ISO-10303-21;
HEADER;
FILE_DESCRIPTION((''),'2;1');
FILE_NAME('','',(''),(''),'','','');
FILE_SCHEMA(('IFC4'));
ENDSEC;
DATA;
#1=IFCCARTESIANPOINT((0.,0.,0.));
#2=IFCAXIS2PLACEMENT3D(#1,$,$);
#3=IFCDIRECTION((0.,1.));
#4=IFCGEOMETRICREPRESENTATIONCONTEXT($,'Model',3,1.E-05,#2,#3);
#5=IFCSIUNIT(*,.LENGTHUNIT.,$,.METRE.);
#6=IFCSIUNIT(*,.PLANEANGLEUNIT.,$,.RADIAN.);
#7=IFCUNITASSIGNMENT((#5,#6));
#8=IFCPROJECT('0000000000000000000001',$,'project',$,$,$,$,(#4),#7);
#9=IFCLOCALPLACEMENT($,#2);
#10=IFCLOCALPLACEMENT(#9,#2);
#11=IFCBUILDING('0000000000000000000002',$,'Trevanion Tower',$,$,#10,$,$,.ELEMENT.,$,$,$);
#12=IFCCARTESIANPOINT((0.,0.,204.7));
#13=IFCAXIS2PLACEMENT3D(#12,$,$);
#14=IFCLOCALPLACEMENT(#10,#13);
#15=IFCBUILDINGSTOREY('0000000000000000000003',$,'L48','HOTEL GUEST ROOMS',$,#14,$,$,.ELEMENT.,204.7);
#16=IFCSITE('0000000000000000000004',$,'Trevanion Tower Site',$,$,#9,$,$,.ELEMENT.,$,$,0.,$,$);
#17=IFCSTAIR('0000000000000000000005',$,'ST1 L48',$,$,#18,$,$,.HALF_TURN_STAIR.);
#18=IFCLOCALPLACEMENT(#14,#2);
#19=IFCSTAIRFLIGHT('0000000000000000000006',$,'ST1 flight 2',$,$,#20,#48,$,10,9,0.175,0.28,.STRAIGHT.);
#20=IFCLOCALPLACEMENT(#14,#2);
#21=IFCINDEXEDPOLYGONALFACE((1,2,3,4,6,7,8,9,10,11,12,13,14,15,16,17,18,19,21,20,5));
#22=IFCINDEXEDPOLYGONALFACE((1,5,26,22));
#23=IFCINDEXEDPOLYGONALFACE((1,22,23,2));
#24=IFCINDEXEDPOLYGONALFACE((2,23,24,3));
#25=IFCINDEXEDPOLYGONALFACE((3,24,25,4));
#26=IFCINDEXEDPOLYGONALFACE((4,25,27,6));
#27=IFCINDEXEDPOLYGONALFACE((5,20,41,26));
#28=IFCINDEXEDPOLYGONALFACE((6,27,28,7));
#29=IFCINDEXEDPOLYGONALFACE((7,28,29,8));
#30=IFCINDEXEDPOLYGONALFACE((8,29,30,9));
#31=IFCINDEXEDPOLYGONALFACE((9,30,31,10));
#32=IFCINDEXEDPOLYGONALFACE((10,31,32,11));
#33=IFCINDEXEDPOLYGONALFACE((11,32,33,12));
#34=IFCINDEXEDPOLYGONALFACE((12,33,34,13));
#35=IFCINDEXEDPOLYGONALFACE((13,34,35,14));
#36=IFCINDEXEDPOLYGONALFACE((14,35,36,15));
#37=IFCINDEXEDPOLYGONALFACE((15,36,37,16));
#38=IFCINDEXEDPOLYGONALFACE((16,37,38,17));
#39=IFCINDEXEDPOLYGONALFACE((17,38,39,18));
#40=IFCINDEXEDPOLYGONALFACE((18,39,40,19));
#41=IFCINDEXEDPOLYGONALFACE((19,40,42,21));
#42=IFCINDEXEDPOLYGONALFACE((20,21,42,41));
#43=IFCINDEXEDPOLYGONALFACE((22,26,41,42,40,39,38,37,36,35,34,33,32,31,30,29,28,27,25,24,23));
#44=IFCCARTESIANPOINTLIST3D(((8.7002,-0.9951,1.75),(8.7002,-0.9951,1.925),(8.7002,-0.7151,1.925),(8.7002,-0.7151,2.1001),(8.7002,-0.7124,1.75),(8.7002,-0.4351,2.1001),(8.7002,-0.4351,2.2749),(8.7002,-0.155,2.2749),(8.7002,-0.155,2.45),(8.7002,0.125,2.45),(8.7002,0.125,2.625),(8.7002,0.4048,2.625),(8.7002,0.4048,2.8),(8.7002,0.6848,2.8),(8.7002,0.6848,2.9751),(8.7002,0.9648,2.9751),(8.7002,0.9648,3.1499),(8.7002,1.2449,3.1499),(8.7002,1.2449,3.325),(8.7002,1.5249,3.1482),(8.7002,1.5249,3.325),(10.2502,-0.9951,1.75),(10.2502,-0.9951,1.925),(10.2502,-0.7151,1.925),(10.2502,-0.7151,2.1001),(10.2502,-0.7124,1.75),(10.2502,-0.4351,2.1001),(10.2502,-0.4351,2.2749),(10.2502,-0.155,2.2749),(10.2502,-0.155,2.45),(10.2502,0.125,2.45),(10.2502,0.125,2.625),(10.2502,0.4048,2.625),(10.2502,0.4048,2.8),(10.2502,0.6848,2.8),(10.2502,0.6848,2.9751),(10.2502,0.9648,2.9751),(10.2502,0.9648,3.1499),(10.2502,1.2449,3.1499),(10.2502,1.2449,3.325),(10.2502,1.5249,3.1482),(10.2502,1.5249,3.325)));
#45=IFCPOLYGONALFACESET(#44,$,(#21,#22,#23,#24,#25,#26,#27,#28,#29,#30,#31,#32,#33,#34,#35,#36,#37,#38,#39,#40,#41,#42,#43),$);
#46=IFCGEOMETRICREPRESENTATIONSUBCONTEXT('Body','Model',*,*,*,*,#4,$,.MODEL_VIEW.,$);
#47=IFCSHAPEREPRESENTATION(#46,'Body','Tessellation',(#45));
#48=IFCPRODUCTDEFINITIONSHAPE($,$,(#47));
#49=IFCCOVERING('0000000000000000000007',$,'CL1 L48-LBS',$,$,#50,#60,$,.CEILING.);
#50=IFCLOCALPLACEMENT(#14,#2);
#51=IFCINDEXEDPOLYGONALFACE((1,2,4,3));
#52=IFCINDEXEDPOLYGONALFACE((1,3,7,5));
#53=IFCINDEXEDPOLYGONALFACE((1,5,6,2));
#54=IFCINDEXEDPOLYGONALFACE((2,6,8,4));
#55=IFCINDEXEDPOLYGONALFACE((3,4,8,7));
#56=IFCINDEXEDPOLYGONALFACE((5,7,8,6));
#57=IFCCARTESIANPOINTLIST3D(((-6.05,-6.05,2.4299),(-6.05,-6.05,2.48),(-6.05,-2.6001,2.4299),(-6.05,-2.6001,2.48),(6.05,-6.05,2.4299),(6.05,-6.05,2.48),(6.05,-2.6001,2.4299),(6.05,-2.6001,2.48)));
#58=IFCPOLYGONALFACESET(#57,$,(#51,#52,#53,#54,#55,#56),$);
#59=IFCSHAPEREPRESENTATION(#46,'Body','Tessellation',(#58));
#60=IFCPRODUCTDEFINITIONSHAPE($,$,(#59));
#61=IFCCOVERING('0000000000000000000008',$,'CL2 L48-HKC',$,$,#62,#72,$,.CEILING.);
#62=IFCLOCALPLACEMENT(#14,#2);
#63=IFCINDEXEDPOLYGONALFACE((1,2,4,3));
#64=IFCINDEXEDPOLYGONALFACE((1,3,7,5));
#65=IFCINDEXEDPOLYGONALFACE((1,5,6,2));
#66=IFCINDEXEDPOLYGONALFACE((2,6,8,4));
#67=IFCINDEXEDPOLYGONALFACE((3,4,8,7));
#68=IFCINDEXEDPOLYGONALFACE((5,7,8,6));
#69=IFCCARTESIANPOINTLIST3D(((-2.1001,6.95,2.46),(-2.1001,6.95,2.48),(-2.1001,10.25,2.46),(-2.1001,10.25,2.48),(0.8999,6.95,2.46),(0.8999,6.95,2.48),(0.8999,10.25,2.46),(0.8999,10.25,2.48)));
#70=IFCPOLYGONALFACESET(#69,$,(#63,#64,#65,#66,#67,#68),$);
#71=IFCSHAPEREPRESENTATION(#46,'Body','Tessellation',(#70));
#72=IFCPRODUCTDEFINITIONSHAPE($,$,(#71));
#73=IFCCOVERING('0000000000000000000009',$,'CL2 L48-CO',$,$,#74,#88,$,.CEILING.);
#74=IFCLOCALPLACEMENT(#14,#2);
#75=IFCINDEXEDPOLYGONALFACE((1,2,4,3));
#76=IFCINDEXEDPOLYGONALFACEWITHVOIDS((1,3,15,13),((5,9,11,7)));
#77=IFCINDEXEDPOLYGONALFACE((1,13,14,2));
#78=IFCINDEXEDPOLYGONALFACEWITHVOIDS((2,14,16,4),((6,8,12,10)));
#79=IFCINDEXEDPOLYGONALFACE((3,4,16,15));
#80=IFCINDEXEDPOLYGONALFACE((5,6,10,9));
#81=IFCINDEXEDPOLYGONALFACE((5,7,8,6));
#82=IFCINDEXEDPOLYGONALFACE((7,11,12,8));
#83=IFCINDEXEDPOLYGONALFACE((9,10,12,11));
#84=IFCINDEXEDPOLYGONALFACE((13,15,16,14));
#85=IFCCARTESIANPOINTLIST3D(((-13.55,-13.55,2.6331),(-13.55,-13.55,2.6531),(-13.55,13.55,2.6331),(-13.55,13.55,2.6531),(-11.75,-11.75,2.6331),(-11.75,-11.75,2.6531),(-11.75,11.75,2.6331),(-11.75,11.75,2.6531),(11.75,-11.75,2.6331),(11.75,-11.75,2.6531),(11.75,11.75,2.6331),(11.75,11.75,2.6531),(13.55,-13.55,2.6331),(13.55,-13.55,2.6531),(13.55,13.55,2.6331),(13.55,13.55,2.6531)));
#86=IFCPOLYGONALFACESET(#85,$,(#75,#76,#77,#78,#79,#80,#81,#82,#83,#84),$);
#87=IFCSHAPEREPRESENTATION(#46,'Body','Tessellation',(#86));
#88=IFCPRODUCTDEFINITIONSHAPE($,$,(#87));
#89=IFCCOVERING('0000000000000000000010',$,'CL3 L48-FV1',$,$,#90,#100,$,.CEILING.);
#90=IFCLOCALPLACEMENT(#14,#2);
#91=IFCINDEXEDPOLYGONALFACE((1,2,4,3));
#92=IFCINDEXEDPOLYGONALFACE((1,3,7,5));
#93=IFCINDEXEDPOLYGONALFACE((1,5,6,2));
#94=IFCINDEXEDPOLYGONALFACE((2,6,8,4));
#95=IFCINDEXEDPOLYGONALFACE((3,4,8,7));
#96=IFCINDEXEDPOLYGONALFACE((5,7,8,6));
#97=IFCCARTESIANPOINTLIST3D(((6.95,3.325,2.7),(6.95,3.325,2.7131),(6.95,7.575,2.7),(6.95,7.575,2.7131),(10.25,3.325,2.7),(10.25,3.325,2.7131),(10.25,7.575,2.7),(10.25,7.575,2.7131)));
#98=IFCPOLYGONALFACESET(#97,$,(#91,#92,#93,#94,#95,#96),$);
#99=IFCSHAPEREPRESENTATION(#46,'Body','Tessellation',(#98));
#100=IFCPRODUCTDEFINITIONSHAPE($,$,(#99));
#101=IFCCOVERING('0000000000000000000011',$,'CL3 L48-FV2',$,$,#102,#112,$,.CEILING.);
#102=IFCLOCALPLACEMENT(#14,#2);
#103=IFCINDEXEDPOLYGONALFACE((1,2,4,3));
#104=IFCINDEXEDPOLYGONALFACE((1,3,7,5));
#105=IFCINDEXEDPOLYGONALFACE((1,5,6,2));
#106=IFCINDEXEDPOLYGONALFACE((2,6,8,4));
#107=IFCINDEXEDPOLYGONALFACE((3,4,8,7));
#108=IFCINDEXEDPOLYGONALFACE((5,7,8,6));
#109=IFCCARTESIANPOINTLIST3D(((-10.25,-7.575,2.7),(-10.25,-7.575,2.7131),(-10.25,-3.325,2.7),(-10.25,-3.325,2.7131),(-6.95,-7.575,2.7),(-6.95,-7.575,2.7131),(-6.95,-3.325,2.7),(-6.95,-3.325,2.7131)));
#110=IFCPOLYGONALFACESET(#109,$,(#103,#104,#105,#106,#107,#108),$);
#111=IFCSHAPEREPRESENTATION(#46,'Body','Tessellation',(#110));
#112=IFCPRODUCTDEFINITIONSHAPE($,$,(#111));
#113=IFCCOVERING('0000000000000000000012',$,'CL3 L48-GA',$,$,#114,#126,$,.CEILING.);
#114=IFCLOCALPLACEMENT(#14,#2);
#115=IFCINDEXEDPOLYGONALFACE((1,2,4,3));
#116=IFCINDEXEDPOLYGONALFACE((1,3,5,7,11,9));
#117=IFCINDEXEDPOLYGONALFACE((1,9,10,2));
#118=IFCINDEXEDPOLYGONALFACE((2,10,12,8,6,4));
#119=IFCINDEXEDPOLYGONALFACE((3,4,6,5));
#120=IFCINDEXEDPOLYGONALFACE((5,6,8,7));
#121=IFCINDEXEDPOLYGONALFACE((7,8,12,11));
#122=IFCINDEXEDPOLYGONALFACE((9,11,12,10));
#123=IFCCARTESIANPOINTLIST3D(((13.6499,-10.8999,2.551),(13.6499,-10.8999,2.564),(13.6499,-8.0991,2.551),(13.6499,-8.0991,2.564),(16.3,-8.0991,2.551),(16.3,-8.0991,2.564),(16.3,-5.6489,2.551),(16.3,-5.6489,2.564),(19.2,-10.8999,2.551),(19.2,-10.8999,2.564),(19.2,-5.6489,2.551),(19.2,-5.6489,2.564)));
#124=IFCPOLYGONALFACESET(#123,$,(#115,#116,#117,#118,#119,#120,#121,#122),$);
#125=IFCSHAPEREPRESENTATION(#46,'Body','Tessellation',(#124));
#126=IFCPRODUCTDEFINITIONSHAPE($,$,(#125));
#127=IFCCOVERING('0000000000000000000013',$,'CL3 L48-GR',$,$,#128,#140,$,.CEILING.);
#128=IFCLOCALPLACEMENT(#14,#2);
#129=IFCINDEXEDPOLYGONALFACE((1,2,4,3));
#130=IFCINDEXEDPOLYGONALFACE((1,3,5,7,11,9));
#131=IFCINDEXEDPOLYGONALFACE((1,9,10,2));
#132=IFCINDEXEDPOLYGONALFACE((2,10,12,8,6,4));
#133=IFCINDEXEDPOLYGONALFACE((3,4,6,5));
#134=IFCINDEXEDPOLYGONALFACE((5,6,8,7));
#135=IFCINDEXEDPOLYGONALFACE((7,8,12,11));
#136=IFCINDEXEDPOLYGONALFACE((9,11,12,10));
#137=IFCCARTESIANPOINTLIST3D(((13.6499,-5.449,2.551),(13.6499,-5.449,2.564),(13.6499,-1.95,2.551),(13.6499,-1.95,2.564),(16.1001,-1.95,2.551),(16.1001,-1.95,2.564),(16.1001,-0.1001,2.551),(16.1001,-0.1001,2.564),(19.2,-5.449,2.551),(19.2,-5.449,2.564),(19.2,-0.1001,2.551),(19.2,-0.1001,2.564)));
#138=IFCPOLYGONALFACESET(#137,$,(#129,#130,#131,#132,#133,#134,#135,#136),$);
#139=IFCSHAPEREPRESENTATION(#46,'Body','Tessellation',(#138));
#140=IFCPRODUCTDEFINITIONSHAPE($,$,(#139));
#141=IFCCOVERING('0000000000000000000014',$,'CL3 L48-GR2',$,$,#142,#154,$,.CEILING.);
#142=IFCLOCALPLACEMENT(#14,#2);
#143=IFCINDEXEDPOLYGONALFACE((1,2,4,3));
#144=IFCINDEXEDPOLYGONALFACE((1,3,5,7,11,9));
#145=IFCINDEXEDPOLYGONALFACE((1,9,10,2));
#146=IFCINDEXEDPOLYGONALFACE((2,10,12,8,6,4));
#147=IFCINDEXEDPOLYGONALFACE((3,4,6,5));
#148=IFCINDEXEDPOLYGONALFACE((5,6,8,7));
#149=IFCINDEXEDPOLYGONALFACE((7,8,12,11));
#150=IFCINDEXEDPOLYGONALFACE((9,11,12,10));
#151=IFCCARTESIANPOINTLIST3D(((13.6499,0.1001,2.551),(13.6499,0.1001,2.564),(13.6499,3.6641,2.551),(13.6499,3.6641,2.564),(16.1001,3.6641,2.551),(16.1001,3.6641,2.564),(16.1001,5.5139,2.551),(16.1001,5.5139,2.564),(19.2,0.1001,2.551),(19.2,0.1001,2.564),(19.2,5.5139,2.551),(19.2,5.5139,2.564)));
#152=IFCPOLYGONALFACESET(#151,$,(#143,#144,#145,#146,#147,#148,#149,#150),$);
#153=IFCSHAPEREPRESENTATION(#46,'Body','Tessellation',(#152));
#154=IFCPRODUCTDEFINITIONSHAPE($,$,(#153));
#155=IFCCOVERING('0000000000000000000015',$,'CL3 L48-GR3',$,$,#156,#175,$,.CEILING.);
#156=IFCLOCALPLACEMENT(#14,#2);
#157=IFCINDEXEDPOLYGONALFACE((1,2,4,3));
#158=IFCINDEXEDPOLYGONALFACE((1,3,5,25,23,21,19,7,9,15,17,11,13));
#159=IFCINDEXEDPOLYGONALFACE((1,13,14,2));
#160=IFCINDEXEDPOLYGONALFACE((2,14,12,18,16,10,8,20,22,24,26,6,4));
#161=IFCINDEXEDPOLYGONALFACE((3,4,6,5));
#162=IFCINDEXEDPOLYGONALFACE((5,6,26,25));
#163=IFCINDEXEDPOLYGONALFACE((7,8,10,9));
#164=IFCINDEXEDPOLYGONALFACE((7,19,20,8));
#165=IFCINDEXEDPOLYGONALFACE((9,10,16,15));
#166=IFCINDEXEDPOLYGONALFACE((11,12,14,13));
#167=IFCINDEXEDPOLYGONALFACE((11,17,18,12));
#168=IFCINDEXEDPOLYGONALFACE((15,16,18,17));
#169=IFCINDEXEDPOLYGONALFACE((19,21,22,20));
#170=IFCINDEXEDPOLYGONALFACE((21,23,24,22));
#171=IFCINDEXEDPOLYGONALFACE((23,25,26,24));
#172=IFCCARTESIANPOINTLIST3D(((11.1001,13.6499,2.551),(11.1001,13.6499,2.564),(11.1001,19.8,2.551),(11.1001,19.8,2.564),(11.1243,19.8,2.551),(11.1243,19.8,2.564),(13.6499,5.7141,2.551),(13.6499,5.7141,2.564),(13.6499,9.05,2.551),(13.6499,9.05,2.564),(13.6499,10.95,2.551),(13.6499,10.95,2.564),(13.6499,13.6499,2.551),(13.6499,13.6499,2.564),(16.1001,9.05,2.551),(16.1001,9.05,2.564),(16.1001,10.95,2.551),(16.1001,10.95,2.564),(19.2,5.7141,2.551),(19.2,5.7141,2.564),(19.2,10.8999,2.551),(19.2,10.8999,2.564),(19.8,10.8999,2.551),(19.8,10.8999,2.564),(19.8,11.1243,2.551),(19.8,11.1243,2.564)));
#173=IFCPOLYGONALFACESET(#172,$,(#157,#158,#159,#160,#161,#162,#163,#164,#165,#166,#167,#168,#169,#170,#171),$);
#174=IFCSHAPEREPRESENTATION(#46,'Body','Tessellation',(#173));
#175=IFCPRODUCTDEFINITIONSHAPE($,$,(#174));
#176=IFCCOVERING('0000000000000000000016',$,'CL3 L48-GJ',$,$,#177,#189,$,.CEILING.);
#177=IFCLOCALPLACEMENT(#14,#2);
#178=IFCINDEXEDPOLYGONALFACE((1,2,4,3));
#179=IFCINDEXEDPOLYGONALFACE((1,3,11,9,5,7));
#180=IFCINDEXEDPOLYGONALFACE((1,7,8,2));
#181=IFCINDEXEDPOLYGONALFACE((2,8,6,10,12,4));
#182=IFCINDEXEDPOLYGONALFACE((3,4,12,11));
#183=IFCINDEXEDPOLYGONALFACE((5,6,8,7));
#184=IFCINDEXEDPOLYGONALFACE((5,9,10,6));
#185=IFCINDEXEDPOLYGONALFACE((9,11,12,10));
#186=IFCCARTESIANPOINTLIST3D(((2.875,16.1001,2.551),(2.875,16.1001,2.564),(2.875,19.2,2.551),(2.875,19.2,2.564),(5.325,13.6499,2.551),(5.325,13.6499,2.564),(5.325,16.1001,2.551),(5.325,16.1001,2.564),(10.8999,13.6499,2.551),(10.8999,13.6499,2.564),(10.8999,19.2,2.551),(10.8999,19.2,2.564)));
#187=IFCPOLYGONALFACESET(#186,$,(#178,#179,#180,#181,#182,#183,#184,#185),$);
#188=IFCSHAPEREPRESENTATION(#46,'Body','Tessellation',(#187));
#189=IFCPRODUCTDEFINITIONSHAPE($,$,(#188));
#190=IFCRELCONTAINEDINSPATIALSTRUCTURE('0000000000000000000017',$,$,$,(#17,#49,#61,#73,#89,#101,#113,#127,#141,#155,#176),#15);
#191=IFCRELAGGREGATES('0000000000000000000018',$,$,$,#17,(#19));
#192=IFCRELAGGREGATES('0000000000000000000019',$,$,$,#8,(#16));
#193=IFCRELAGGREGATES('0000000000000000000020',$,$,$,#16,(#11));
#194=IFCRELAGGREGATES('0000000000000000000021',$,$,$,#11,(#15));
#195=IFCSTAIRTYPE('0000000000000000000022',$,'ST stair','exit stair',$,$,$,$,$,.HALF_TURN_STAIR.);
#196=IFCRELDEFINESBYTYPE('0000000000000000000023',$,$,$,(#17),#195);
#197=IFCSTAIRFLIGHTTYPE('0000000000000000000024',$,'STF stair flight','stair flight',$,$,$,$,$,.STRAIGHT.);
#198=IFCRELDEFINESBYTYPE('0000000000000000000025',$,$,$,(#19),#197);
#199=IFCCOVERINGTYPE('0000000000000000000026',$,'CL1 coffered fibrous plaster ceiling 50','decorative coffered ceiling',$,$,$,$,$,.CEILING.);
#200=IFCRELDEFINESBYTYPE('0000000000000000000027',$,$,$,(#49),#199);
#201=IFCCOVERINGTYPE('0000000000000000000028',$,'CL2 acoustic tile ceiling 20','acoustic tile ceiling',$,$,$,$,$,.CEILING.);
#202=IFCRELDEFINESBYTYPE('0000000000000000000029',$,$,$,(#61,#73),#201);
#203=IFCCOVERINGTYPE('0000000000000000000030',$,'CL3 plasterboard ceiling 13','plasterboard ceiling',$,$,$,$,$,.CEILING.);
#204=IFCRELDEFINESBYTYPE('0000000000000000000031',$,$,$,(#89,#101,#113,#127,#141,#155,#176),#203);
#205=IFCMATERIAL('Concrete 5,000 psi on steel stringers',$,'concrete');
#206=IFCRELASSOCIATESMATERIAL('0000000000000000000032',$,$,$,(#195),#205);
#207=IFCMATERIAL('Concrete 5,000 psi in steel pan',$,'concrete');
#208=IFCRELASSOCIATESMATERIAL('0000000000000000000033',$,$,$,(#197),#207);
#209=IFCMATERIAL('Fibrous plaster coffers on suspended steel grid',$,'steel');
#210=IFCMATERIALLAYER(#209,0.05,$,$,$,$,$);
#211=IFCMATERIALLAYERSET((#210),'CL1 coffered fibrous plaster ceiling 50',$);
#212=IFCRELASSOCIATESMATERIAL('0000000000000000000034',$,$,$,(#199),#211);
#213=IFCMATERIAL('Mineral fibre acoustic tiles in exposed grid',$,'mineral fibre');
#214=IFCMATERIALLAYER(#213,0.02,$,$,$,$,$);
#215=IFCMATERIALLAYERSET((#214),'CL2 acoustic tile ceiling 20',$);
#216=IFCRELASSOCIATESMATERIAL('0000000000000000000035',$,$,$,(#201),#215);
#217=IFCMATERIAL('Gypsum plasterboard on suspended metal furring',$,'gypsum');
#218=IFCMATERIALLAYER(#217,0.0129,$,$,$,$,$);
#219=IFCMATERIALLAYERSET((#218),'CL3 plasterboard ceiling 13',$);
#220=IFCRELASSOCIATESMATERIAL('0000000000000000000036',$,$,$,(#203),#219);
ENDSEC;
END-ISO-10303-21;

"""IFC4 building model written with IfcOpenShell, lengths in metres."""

from ifc_helpers import new_model, si_unit, direction, frame, origin, place, context, subcontext, project, spatial, polyline, outline, extrude, material, layer, layer_set, type_object, element, aggregate, save


model = new_model("IFC4")

# Units and contexts
model_context = context("Model", 3, precision=1e-05, world=origin(), true_north=direction((0.0, 1.0)))
body_context = subcontext(model_context, "Body", "Model", "MODEL_VIEW")
ifc_project = project(units=[si_unit("LENGTHUNIT", "METRE"), si_unit("PLANEANGLEUNIT", "RADIAN")], contexts=[model_context])

# Site, building, storey
site_placement = place(None, origin())
site = spatial("IfcSite", under=ifc_project, at=site_placement, Name="Trevanion Tower Site", CompositionType="ELEMENT", RefElevation=0.0)
building_placement = place(site_placement, origin())
building = spatial("IfcBuilding", under=site, at=building_placement, Name="Trevanion Tower", CompositionType="ELEMENT")
storey_placement = place(building_placement, frame((0.0, 0.0, 204.7)))
storey = spatial("IfcBuildingStorey", under=building, at=storey_placement, Name="L48", Description="HOTEL GUEST ROOMS", CompositionType="ELEMENT", Elevation=204.7)

# Stair, stair flight
ifc_material_1 = material(Name="Concrete 5,000 psi on steel stringers", Category="concrete")
stair_type = type_object("IfcStairType", Name="ST stair", Description="exit stair", PredefinedType="HALF_TURN_STAIR", material=ifc_material_1)
stair_placement = place(storey_placement, origin())
stair = element("IfcStair", 1, at=stair_placement, inside=storey, type_object=stair_type, Name="ST1 L48", PredefinedType="HALF_TURN_STAIR")
ifc_material_2 = material(Name="Concrete 5,000 psi in steel pan", Category="concrete")
stair_flight_type = type_object("IfcStairFlightType", Name="STF stair flight", Description="stair flight", PredefinedType="STRAIGHT", material=ifc_material_2)
stair_flight_placement = place(storey_placement, frame((9.4751, -0.9951, 1.75), z_axis=(0.0, 0.0, 1.0), x_axis=(0.0, 1.0, 0.0)))
stair_flight = element("IfcStairFlight", 2, at=stair_flight_placement, type_object=stair_flight_type, Name="ST1 flight 2", NumberOfRisers=10, NumberOfTreads=9, PredefinedType="STRAIGHT", RiserHeight=0.175, TreadLength=0.28, context=body_context, shape_type="SweptSolid", body=[
    extrude(outline(polyline([(0.0, 0.0), (0.0, 0.175), (0.28, 0.175), (0.28, 0.3501), (0.5601, 0.3501), (0.5601, 0.5249), (0.8401, 0.5249), (0.8401, 0.7), (1.1201, 0.7), (1.1201, 0.875), (1.3999, 0.875), (1.3999, 1.05), (1.6799, 1.05), (1.6799, 1.2251), (1.96, 1.2251), (1.96, 1.3999), (2.24, 1.3999), (2.24, 1.575), (2.52, 1.575), (2.52, 1.75), (2.52, 1.3982), (0.2827, 0.0), (0.0, 0.0)])), frame((0.0, 0.7749, 0.0), z_axis=(0.0, -1.0, 0.0), x_axis=(1.0, 0.0, 0.0)), (0.0, 0.0, 1.0), 1.55),
])
aggregate(stair, [stair_flight])

# Coverings
ifc_material_3 = material(Name="Fibrous plaster coffers on suspended steel grid", Category="steel")
ifc_layer_1 = layer(ifc_material_3, 0.05)
ifc_layer_set_1 = layer_set([ifc_layer_1], Name="CL1 coffered fibrous plaster ceiling 50")
covering_type_1 = type_object("IfcCoveringType", Name="CL1 coffered fibrous plaster ceiling 50", Description="decorative coffered ceiling", PredefinedType="CEILING", material=ifc_layer_set_1)
covering_1_placement = place(storey_placement, frame((0.0, 0.0, 2.4299)))
element("IfcCovering", 3, at=covering_1_placement, inside=storey, type_object=covering_type_1, Name="CL1 L48-LBS", PredefinedType="CEILING", context=body_context, shape_type="SweptSolid", body=[
    extrude(outline(polyline([(6.05, -6.05), (6.05, -2.6001), (-6.05, -2.6001), (-6.05, -6.05), (6.05, -6.05)])), origin(), (0.0, 0.0, 1.0), 0.05),
])
ifc_material_4 = material(Name="Mineral fibre acoustic tiles in exposed grid", Category="mineral fibre")
ifc_layer_2 = layer(ifc_material_4, 0.02)
ifc_layer_set_2 = layer_set([ifc_layer_2], Name="CL2 acoustic tile ceiling 20")
covering_type_2 = type_object("IfcCoveringType", Name="CL2 acoustic tile ceiling 20", Description="acoustic tile ceiling", PredefinedType="CEILING", material=ifc_layer_set_2)
covering_2_placement = place(storey_placement, frame((0.0, 0.0, 2.46)))
element("IfcCovering", 4, at=covering_2_placement, inside=storey, type_object=covering_type_2, Name="CL2 L48-HKC", PredefinedType="CEILING", context=body_context, shape_type="SweptSolid", body=[
    extrude(outline(polyline([(0.8999, 6.95), (0.8999, 10.25), (-2.1001, 10.25), (-2.1001, 6.95), (0.8999, 6.95)])), origin(), (0.0, 0.0, 1.0), 0.02),
])
covering_3_placement = place(storey_placement, frame((0.0, 0.0, 2.6331)))
element("IfcCovering", 5, at=covering_3_placement, inside=storey, type_object=covering_type_2, Name="CL2 L48-CO", PredefinedType="CEILING", context=body_context, shape_type="SweptSolid", body=[
    extrude(outline(polyline([(-13.55, -13.55), (-13.55, 13.55), (13.55, 13.55), (13.55, -13.55), (-13.55, -13.55)]), holes=[polyline([(11.75, 11.75), (-11.75, 11.75), (-11.75, -11.75), (11.75, -11.75), (11.75, 11.75)])]), origin(), (0.0, 0.0, 1.0), 0.02),
])
ifc_material_5 = material(Name="Gypsum plasterboard on suspended metal furring", Category="gypsum")
ifc_layer_3 = layer(ifc_material_5, 0.0129)
ifc_layer_set_3 = layer_set([ifc_layer_3], Name="CL3 plasterboard ceiling 13")
covering_type_3 = type_object("IfcCoveringType", Name="CL3 plasterboard ceiling 13", Description="plasterboard ceiling", PredefinedType="CEILING", material=ifc_layer_set_3)
covering_4_placement = place(storey_placement, frame((0.0, 0.0, 2.7)))
element("IfcCovering", 6, at=covering_4_placement, inside=storey, type_object=covering_type_3, Name="CL3 L48-FV1", PredefinedType="CEILING", context=body_context, shape_type="SweptSolid", body=[
    extrude(outline(polyline([(10.25, 3.325), (10.25, 7.575), (6.95, 7.575), (6.95, 3.325), (10.25, 3.325)])), origin(), (0.0, 0.0, 1.0), 0.0132),
])
covering_5_placement = place(storey_placement, frame((0.0, 0.0, 2.7)))
element("IfcCovering", 7, at=covering_5_placement, inside=storey, type_object=covering_type_3, Name="CL3 L48-FV2", PredefinedType="CEILING", context=body_context, shape_type="SweptSolid", body=[
    extrude(outline(polyline([(-10.25, -3.325), (-10.25, -7.575), (-6.95, -7.575), (-6.95, -3.325), (-10.25, -3.325)])), origin(), (0.0, 0.0, 1.0), 0.0132),
])
covering_6_placement = place(storey_placement, frame((0.0, 0.0, 2.551)))
element("IfcCovering", 8, at=covering_6_placement, inside=storey, type_object=covering_type_3, Name="CL3 L48-GA", PredefinedType="CEILING", context=body_context, shape_type="SweptSolid", body=[
    extrude(outline(polyline([(13.6499, -8.0991), (16.3, -8.0991), (16.3, -5.6489), (19.2, -5.6489), (19.2, -10.8999), (13.6499, -10.8999), (13.6499, -8.0991)])), origin(), (0.0, 0.0, 1.0), 0.0129),
])
covering_7_placement = place(storey_placement, frame((0.0, 0.0, 2.551)))
element("IfcCovering", 9, at=covering_7_placement, inside=storey, type_object=covering_type_3, Name="CL3 L48-GR", PredefinedType="CEILING", context=body_context, shape_type="SweptSolid", body=[
    extrude(outline(polyline([(13.6499, -1.95), (16.1001, -1.95), (16.1001, -0.1001), (19.2, -0.1001), (19.2, -5.449), (13.6499, -5.449), (13.6499, -1.95)])), origin(), (0.0, 0.0, 1.0), 0.0129),
])
covering_8_placement = place(storey_placement, frame((0.0, 0.0, 2.551)))
element("IfcCovering", 10, at=covering_8_placement, inside=storey, type_object=covering_type_3, Name="CL3 L48-GR2", PredefinedType="CEILING", context=body_context, shape_type="SweptSolid", body=[
    extrude(outline(polyline([(13.6499, 3.6641), (16.1001, 3.6641), (16.1001, 5.5139), (19.2, 5.5139), (19.2, 0.1001), (13.6499, 0.1001), (13.6499, 3.6641)])), origin(), (0.0, 0.0, 1.0), 0.0129),
])
covering_9_placement = place(storey_placement, frame((0.0, 0.0, 2.551)))
element("IfcCovering", 11, at=covering_9_placement, inside=storey, type_object=covering_type_3, Name="CL3 L48-GR3", PredefinedType="CEILING", context=body_context, shape_type="SweptSolid", body=[
    extrude(outline(polyline([(11.1001, 13.6499), (11.1001, 19.8), (11.1243, 19.8), (19.8, 11.1243), (19.8, 10.8999), (19.2, 10.8999), (19.2, 5.7141), (13.6499, 5.7141), (13.6499, 9.05), (16.1001, 9.05), (16.1001, 10.95), (13.6499, 10.95), (13.6499, 13.6499), (11.1001, 13.6499)])), origin(), (0.0, 0.0, 1.0), 0.0129),
])
covering_10_placement = place(storey_placement, frame((0.0, 0.0, 2.551)))
element("IfcCovering", 12, at=covering_10_placement, inside=storey, type_object=covering_type_3, Name="CL3 L48-GJ", PredefinedType="CEILING", context=body_context, shape_type="SweptSolid", body=[
    extrude(outline(polyline([(5.325, 13.6499), (5.325, 16.1001), (2.875, 16.1001), (2.875, 19.2), (10.8999, 19.2), (10.8999, 13.6499), (5.325, 13.6499)])), origin(), (0.0, 0.0, 1.0), 0.0129),
])

save(model, "model.ifc")
